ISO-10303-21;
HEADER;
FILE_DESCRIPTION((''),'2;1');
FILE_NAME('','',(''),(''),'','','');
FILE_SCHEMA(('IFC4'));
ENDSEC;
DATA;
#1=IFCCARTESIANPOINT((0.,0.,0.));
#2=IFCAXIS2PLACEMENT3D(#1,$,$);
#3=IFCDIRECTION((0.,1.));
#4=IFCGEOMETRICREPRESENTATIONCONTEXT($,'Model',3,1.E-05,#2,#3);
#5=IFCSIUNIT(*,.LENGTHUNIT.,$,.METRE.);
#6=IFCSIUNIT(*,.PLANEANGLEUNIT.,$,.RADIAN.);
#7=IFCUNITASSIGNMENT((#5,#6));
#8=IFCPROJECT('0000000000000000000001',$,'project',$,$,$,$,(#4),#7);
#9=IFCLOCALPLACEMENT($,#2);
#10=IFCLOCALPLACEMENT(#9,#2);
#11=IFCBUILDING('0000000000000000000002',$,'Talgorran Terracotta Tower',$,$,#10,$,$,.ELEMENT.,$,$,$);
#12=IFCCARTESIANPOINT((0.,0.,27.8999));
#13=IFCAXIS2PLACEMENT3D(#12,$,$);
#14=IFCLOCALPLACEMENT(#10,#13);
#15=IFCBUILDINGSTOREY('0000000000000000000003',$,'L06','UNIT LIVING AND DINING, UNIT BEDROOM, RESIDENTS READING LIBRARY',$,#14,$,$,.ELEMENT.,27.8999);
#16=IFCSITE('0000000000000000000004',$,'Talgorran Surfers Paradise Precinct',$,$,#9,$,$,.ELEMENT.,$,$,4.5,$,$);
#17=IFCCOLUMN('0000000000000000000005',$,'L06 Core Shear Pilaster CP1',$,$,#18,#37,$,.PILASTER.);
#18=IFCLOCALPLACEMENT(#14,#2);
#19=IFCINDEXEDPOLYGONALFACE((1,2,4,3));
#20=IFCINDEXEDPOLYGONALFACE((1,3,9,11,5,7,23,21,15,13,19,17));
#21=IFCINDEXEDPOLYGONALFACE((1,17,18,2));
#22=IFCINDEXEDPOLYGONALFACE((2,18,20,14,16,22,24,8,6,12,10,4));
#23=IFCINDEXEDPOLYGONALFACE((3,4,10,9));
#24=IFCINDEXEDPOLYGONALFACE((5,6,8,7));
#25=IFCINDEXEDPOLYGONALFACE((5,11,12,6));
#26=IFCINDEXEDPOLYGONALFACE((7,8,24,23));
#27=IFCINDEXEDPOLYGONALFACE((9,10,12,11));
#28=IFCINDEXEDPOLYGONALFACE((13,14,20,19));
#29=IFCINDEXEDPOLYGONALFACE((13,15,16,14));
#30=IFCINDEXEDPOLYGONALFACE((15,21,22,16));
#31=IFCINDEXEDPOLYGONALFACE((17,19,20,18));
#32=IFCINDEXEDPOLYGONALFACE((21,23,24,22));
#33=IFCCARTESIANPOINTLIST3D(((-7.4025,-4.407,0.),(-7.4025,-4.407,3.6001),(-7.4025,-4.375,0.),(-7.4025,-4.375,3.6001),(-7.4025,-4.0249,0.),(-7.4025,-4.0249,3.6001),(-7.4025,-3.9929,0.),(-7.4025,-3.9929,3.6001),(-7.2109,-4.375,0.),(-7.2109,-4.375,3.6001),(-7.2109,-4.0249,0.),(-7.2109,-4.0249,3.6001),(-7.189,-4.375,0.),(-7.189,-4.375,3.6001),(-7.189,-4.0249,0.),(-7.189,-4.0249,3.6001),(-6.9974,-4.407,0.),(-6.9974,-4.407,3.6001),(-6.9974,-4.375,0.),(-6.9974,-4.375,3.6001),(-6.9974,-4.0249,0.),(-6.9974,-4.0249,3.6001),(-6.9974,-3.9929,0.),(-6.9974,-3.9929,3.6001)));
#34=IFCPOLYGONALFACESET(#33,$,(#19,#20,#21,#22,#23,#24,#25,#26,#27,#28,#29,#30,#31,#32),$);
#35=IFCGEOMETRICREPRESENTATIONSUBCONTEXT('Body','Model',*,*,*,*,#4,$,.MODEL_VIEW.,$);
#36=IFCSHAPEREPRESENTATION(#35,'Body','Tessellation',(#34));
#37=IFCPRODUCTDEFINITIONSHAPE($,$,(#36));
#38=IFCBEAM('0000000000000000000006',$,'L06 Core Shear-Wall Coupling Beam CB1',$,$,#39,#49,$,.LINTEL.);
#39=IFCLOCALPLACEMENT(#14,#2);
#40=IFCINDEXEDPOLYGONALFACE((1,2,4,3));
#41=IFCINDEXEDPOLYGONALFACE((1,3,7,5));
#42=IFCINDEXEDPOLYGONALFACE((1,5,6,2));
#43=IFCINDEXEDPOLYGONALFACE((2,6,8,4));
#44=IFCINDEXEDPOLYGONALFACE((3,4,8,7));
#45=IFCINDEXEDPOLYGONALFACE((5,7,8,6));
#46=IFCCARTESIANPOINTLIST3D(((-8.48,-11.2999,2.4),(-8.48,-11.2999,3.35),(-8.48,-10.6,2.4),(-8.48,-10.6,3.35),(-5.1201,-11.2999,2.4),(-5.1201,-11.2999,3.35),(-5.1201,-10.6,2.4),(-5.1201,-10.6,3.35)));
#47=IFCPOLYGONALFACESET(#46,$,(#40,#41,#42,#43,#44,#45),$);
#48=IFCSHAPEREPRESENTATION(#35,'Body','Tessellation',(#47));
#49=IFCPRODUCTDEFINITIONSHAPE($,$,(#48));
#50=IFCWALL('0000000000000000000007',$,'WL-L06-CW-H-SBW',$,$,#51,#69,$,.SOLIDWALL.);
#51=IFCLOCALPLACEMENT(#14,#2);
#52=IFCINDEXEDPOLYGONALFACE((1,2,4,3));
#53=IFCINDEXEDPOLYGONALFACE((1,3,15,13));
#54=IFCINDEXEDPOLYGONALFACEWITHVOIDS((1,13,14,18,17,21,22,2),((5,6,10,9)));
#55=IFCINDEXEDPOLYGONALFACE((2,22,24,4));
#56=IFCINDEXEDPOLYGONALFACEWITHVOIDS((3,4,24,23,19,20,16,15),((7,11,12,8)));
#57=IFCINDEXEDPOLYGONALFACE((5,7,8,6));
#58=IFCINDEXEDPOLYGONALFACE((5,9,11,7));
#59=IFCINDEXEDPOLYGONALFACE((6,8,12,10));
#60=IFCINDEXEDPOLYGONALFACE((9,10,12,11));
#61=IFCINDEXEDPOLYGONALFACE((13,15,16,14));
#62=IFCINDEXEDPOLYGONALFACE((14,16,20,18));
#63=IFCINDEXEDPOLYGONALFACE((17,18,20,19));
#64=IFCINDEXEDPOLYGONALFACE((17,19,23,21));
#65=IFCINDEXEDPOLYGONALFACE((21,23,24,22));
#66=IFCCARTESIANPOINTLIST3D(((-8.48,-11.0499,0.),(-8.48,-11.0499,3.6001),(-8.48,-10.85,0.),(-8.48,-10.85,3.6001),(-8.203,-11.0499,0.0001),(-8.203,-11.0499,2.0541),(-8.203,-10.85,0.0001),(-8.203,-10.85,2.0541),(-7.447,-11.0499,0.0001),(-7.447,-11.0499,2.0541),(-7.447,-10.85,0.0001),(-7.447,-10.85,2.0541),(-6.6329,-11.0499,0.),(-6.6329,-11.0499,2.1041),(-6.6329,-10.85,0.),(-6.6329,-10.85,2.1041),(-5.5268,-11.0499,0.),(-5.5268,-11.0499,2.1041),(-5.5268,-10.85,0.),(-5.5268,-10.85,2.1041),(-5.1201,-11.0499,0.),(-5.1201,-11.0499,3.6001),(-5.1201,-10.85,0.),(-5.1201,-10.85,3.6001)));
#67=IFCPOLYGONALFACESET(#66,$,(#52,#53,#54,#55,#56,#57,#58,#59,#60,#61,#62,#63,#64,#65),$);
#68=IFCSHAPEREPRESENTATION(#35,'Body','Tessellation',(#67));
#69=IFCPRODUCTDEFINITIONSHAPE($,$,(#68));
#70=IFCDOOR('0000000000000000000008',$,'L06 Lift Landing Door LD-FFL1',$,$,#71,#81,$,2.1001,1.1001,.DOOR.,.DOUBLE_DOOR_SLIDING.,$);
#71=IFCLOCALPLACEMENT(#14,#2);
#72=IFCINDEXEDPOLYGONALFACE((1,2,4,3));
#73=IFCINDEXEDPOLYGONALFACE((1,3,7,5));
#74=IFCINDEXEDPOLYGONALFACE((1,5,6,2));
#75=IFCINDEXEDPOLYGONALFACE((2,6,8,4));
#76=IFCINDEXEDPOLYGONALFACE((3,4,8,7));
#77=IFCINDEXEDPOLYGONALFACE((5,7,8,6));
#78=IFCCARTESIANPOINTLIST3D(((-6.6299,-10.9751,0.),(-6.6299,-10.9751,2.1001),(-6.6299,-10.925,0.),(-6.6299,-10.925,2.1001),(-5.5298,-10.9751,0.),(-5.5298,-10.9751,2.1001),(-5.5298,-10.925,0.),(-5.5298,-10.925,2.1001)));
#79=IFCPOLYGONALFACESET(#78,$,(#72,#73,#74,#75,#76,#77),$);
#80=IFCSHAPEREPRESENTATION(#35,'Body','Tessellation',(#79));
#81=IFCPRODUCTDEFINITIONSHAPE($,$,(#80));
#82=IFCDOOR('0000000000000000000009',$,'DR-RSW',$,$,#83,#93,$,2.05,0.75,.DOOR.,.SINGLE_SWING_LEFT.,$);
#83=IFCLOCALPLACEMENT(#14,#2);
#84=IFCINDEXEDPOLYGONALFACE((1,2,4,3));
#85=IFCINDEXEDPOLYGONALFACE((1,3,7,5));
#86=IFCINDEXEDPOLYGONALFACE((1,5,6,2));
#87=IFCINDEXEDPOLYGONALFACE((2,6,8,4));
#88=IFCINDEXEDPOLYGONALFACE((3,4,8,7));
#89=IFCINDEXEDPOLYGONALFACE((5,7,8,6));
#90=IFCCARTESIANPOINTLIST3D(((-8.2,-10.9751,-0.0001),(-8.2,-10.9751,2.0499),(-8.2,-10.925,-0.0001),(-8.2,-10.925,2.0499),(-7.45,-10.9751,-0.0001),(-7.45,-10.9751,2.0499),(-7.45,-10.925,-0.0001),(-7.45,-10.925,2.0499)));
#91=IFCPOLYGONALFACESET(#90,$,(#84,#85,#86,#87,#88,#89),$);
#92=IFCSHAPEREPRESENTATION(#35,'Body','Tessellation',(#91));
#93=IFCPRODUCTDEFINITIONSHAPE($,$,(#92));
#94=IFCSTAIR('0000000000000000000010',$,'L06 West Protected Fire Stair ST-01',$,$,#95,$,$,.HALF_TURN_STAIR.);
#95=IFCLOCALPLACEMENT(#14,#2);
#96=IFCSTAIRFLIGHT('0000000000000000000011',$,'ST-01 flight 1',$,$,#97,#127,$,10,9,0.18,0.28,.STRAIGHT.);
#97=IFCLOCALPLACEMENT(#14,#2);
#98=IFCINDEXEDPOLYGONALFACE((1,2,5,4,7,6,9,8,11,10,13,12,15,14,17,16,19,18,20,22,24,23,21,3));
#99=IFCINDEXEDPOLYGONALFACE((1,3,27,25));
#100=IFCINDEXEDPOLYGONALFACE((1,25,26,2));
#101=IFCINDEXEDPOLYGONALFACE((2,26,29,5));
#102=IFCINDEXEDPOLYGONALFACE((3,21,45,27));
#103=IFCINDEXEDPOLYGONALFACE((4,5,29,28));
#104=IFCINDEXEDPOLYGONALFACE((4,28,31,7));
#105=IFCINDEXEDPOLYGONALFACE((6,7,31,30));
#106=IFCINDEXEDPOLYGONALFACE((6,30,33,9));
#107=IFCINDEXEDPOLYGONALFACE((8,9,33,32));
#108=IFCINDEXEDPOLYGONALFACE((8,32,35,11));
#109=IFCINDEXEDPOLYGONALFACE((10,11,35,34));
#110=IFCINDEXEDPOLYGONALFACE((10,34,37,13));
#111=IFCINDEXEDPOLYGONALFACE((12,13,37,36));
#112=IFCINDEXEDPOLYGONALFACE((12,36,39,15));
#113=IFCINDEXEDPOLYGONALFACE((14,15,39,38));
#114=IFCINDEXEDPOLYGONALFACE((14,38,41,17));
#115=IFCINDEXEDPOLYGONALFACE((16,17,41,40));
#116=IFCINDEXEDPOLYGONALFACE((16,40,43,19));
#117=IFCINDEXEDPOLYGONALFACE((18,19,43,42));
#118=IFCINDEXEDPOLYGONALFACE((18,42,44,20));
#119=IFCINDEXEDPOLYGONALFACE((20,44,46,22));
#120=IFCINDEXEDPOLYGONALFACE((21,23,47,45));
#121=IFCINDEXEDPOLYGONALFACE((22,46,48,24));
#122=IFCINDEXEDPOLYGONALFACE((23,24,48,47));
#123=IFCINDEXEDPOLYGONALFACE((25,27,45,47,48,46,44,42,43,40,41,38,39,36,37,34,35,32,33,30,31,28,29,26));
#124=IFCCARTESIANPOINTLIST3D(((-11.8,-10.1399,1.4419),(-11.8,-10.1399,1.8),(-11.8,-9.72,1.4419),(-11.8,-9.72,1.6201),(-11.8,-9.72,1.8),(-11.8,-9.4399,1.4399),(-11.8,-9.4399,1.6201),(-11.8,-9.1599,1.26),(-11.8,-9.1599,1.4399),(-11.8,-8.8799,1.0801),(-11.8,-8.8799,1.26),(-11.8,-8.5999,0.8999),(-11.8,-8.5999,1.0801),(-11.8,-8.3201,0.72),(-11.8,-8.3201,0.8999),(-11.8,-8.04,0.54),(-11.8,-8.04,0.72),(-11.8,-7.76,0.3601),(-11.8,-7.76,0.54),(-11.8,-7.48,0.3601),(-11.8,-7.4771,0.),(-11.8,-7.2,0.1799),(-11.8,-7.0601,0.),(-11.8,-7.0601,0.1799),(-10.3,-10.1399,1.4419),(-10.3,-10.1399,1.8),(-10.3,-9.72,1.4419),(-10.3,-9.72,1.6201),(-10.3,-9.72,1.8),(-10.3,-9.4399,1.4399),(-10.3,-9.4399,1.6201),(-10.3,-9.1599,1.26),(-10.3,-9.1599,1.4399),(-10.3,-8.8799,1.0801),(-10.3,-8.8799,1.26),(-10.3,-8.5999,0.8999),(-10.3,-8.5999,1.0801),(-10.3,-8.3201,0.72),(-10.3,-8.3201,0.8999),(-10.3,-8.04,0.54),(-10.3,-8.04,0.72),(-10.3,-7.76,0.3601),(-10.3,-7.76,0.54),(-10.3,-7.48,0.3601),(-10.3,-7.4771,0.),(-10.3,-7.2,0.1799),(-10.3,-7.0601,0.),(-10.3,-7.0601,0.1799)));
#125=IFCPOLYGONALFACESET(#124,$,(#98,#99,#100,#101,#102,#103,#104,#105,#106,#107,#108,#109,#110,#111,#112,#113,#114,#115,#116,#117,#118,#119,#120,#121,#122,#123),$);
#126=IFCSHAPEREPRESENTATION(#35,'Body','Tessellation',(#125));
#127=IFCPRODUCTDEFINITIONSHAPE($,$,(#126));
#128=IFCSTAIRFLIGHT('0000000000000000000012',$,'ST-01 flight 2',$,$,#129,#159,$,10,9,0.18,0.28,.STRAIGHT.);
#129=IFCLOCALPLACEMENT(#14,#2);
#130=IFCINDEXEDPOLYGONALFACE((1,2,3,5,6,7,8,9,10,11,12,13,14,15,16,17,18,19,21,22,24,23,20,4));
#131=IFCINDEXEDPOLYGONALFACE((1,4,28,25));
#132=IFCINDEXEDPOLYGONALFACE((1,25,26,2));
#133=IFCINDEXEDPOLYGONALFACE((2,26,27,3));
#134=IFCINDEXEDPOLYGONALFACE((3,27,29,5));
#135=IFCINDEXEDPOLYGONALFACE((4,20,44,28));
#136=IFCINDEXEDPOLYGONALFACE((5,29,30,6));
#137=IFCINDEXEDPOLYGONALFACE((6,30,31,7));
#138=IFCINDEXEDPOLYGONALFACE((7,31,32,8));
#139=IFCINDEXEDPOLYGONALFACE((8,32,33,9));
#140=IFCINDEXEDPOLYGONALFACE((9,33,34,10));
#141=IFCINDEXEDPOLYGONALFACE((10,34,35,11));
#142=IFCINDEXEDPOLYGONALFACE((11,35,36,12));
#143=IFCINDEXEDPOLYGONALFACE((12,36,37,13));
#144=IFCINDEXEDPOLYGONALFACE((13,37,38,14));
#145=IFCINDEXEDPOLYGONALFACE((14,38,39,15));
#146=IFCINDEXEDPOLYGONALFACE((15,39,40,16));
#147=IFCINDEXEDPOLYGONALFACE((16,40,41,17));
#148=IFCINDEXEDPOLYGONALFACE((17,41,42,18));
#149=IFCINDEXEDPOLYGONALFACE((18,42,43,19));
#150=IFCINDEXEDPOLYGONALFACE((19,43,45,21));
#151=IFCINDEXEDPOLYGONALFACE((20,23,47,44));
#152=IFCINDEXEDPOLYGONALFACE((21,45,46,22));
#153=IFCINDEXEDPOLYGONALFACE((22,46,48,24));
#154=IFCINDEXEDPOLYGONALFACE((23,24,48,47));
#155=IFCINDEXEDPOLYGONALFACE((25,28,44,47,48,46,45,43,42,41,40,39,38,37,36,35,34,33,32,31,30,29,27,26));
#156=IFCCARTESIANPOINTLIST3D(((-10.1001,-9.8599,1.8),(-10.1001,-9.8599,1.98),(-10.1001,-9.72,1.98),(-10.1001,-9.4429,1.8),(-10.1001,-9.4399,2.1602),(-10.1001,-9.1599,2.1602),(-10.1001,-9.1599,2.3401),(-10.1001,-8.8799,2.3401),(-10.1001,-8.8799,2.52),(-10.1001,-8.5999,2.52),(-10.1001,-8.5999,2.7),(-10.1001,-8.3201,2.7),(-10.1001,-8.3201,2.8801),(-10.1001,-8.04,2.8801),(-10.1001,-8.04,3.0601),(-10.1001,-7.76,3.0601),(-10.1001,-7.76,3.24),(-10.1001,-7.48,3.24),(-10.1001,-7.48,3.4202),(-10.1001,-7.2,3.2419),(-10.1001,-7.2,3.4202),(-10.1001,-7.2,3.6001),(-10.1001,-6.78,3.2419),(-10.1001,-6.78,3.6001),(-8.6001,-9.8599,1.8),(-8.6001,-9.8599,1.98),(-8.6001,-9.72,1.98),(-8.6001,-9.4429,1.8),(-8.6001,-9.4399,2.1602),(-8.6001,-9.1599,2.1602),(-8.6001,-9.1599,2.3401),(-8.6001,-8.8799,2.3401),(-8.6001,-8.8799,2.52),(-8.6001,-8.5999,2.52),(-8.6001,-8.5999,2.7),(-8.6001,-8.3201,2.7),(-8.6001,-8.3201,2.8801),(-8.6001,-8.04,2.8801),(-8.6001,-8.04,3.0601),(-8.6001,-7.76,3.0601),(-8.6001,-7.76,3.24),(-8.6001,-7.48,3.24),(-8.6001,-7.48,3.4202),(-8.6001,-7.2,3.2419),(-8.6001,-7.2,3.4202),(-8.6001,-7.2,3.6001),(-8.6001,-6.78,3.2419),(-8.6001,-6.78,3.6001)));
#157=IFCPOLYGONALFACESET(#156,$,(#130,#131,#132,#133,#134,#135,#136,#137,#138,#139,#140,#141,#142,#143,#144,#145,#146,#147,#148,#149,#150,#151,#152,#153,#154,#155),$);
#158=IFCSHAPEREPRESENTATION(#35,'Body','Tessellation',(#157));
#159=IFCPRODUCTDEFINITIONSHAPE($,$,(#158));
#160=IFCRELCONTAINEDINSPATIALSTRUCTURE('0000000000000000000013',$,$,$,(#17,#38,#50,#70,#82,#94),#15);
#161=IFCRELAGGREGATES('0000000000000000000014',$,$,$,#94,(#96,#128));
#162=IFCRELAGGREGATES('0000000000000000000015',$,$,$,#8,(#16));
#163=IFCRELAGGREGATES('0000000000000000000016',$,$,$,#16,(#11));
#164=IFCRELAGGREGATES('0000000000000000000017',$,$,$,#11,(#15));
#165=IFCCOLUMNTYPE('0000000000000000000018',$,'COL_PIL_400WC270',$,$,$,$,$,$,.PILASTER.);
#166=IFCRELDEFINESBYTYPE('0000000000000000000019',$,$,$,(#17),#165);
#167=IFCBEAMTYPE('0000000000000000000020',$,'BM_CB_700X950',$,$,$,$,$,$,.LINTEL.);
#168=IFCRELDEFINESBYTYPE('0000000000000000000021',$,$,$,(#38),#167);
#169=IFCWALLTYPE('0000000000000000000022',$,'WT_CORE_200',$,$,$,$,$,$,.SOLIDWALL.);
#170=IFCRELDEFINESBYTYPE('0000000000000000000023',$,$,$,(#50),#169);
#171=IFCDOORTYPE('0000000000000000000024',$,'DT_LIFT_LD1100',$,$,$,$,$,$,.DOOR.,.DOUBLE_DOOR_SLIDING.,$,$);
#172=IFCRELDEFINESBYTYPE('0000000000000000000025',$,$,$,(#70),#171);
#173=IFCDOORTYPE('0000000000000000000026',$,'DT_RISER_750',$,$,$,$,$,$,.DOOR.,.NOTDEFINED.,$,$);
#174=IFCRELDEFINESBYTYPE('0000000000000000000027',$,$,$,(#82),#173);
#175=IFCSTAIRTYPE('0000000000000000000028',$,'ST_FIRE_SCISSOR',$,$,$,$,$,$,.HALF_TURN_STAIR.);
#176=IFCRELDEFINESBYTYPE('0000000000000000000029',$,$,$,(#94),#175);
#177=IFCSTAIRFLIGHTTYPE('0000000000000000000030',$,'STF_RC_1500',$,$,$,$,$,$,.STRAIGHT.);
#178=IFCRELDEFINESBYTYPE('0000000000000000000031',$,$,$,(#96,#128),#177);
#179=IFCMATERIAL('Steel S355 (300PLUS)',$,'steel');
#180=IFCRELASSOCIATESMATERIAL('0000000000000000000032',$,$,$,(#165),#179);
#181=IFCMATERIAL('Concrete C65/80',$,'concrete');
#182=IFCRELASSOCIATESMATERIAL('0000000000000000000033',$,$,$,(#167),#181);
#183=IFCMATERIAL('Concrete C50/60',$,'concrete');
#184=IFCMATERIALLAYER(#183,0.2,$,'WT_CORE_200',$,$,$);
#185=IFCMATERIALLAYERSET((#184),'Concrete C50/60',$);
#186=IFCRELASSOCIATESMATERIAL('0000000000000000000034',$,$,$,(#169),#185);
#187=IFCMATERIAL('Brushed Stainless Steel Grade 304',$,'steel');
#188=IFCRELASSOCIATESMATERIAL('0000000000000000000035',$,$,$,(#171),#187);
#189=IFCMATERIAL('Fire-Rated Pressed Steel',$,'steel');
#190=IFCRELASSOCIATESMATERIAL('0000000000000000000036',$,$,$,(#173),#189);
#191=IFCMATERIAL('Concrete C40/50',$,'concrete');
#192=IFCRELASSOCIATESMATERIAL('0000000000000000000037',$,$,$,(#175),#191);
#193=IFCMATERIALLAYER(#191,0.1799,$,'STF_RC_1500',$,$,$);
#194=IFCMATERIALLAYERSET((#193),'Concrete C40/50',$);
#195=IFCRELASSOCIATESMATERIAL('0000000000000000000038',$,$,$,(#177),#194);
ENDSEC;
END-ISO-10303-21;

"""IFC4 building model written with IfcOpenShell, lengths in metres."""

from ifc_helpers import new_model, si_unit, direction, frame, frame_2d, origin, origin_2d, place, context, subcontext, project, spatial, polyline, rectangle, i_section, outline, extrude, material, layer, layer_set, material_profile, profile_set, type_object, element, fill, aggregate, save


model = new_model("IFC4")

# Units and contexts
model_context = context("Model", 3, precision=1e-05, world=origin(), true_north=direction((0.0, 1.0)))
body_context = subcontext(model_context, "Body", "Model", "MODEL_VIEW")
ifc_project = project(units=[si_unit("LENGTHUNIT", "METRE"), si_unit("PLANEANGLEUNIT", "RADIAN")], contexts=[model_context])

# Site, building, storey
site_placement = place(None, origin())
site = spatial("IfcSite", under=ifc_project, at=site_placement, Name="Talgorran Surfers Paradise Precinct", CompositionType="ELEMENT", RefElevation=4.5)
building_placement = place(site_placement, origin())
building = spatial("IfcBuilding", under=site, at=building_placement, Name="Talgorran Terracotta Tower", CompositionType="ELEMENT")
storey_placement = place(building_placement, frame((0.0, 0.0, 27.8999)))
storey = spatial("IfcBuildingStorey", under=building, at=storey_placement, Name="L06", Description="UNIT LIVING AND DINING, UNIT BEDROOM, RESIDENTS READING LIBRARY", CompositionType="ELEMENT", Elevation=27.8999)

# Column
ifc_material_1 = material(Name="Steel S355 (300PLUS)", Category="steel")
ifc_material_profile_1 = material_profile(ifc_material_1, i_section(OverallWidth=0.405, OverallDepth=0.4141, WebThickness=0.022, FlangeThickness=0.032, at=origin_2d()), Name="400WC270")
ifc_profile_set_1 = profile_set([ifc_material_profile_1], Name="Steel S355 (300PLUS)")
column_type = type_object("IfcColumnType", Name="COL_PIL_400WC270", PredefinedType="PILASTER", material=ifc_profile_set_1)
column_placement = place(storey_placement, frame((-7.2, -4.2, 0.0), z_axis=(0.0, 0.0, 1.0), x_axis=(1.0, 0.0, 0.0)))
element("IfcColumn", 1, at=column_placement, inside=storey, type_object=column_type, Name="L06 Core Shear Pilaster CP1", PredefinedType="PILASTER", context=body_context, shape_type="SweptSolid", body=[
    extrude(i_section(OverallWidth=0.405, OverallDepth=0.4141, WebThickness=0.022, FlangeThickness=0.032, at=origin_2d()), origin(), (0.0, 0.0, 1.0), 3.6001),
])

# Beam
ifc_material_2 = material(Name="Concrete C65/80", Category="concrete")
ifc_material_profile_2 = material_profile(ifc_material_2, rectangle(XDim=0.7, YDim=0.95, at=origin_2d()), Name="RCCB700X950")
ifc_profile_set_2 = profile_set([ifc_material_profile_2], Name="Concrete C65/80")
beam_type = type_object("IfcBeamType", Name="BM_CB_700X950", PredefinedType="LINTEL", material=ifc_profile_set_2)
beam_placement = place(storey_placement, frame((-8.48, -10.95, 2.875), z_axis=(1.0, 0.0, 0.0), x_axis=(0.0, 1.0, 0.0)))
element("IfcBeam", 2, at=beam_placement, inside=storey, type_object=beam_type, Name="L06 Core Shear-Wall Coupling Beam CB1", PredefinedType="LINTEL", context=body_context, shape_type="SweptSolid", body=[
    extrude(rectangle(XDim=0.7, YDim=0.95, at=origin_2d()), origin(), (0.0, 0.0, 1.0), 3.3599),
])

# Wall, openings, doors
ifc_material_3 = material(Name="Concrete C50/60", Category="concrete")
ifc_layer_1 = layer(ifc_material_3, 0.2, Name="WT_CORE_200")
ifc_layer_set_1 = layer_set([ifc_layer_1], Name="Concrete C50/60")
wall_type = type_object("IfcWallType", Name="WT_CORE_200", PredefinedType="SOLIDWALL", material=ifc_layer_set_1)
wall_placement = place(storey_placement, frame((-8.48, -10.95, 0.0), z_axis=(0.0, 0.0, 1.0), x_axis=(1.0, 0.0, 0.0)))
wall = element("IfcWall", 3, at=wall_placement, inside=storey, type_object=wall_type, Name="WL-L06-CW-H-SBW", PredefinedType="SOLIDWALL", context=body_context, shape_type="SweptSolid", body=[
    extrude(rectangle(XDim=3.3599, YDim=0.2, at=frame_2d((1.6799, 0.0))), origin(), (0.0, 0.0, 1.0), 3.6001),
])
opening_1_placement = place(wall_placement, frame((0.28, 0.0, 0.0)))
opening_1 = element("IfcOpeningElement", 4, at=opening_1_placement, cuts=wall, PredefinedType="OPENING", context=body_context, shape_type="SweptSolid", body=[
    extrude(rectangle(XDim=0.756, YDim=2.054, at=frame_2d((0.375, 1.0271))), frame((0.0, 0.1099, 0.0), z_axis=(0.0, -1.0, 0.0), x_axis=(1.0, 0.0, 0.0)), (0.0, 0.0, 1.0), 0.22),
])
opening_2_placement = place(wall_placement, frame((1.8501, 0.0, 0.0)))
opening_2 = element("IfcOpeningElement", 5, at=opening_2_placement, cuts=wall, PredefinedType="OPENING", context=body_context, shape_type="SweptSolid", body=[
    extrude(rectangle(XDim=1.1061, YDim=2.1041, at=frame_2d((0.55, 1.052))), frame((0.0, 0.1099, 0.0), z_axis=(0.0, -1.0, 0.0), x_axis=(1.0, 0.0, 0.0)), (0.0, 0.0, 1.0), 0.22),
])
ifc_material_4 = material(Name="Brushed Stainless Steel Grade 304", Category="steel")
door_type_1 = type_object("IfcDoorType", Name="DT_LIFT_LD1100", OperationType="DOUBLE_DOOR_SLIDING", PredefinedType="DOOR", material=ifc_material_4)
door_1_placement = place(opening_2_placement, origin())
door_1 = element("IfcDoor", 6, at=door_1_placement, inside=storey, type_object=door_type_1, Name="L06 Lift Landing Door LD-FFL1", OperationType="DOUBLE_DOOR_SLIDING", OverallHeight=2.1001, OverallWidth=1.1001, PredefinedType="DOOR", context=body_context, shape_type="SweptSolid", body=[
    extrude(rectangle(XDim=1.1001, YDim=2.1001, at=frame_2d((0.55, 1.05))), frame((0.0, 0.0249, 0.0), z_axis=(0.0, -1.0, 0.0), x_axis=(1.0, 0.0, 0.0)), (0.0, 0.0, 1.0), 0.05),
])
fill(opening_2, door_1)
ifc_material_5 = material(Name="Fire-Rated Pressed Steel", Category="steel")
door_type_2 = type_object("IfcDoorType", Name="DT_RISER_750", OperationType="NOTDEFINED", PredefinedType="DOOR", material=ifc_material_5)
door_2_placement = place(opening_1_placement, origin())
door_2 = element("IfcDoor", 7, at=door_2_placement, inside=storey, type_object=door_type_2, Name="DR-RSW", OperationType="SINGLE_SWING_LEFT", OverallHeight=2.05, OverallWidth=0.75, PredefinedType="DOOR", context=body_context, shape_type="SweptSolid", body=[
    extrude(rectangle(XDim=0.75, YDim=2.05, at=frame_2d((0.375, 1.0249))), frame((0.0, 0.0249, 0.0), z_axis=(0.0, -1.0, 0.0), x_axis=(1.0, 0.0, 0.0)), (0.0, 0.0, 1.0), 0.05),
])
fill(opening_1, door_2)

# Stair, stair flights
ifc_material_6 = material(Name="Concrete C40/50", Category="concrete")
stair_type = type_object("IfcStairType", Name="ST_FIRE_SCISSOR", PredefinedType="HALF_TURN_STAIR", material=ifc_material_6)
stair_placement = place(storey_placement, origin())
stair = element("IfcStair", 8, at=stair_placement, inside=storey, type_object=stair_type, Name="L06 West Protected Fire Stair ST-01", PredefinedType="HALF_TURN_STAIR")
ifc_layer_2 = layer(ifc_material_6, 0.1799, Name="STF_RC_1500")
ifc_layer_set_2 = layer_set([ifc_layer_2], Name="Concrete C40/50")
stair_flight_type = type_object("IfcStairFlightType", Name="STF_RC_1500", PredefinedType="STRAIGHT", material=ifc_layer_set_2)
stair_flight_1_placement = place(storey_placement, frame((-11.05, -7.2, 0.0), z_axis=(0.0, 0.0, 1.0), x_axis=(0.0, -1.0, 0.0)))
stair_flight_1 = element("IfcStairFlight", 9, at=stair_flight_1_placement, type_object=stair_flight_type, Name="ST-01 flight 1", NumberOfRisers=10, NumberOfTreads=9, PredefinedType="STRAIGHT", RiserHeight=0.18, TreadLength=0.28, context=body_context, shape_type="SweptSolid", body=[
    extrude(outline(polyline([(-0.1399, 0.0), (-0.1399, 0.1799), (0.0, 0.1799), (0.28, 0.3601), (0.5601, 0.3601), (0.5601, 0.54), (0.8401, 0.54), (0.8401, 0.72), (1.1201, 0.72), (1.1201, 0.8999), (1.3999, 0.8999), (1.3999, 1.0801), (1.6799, 1.0801), (1.6799, 1.26), (1.96, 1.26), (1.96, 1.4399), (2.24, 1.4399), (2.24, 1.6201), (2.52, 1.6201), (2.52, 1.8), (2.9399, 1.8), (2.9399, 1.4419), (2.52, 1.4419), (0.2771, 0.0), (-0.1399, 0.0)])), frame((0.0, 0.75, 0.0), z_axis=(0.0, -1.0, 0.0), x_axis=(1.0, 0.0, 0.0)), (0.0, 0.0, 1.0), 1.5),
])
stair_flight_2_placement = place(storey_placement, frame((-9.3501, -9.72, 1.8), z_axis=(0.0, 0.0, 1.0), x_axis=(0.0, 1.0, 0.0)))
stair_flight_2 = element("IfcStairFlight", 10, at=stair_flight_2_placement, type_object=stair_flight_type, Name="ST-01 flight 2", NumberOfRisers=10, NumberOfTreads=9, PredefinedType="STRAIGHT", RiserHeight=0.18, TreadLength=0.28, context=body_context, shape_type="SweptSolid", body=[
    extrude(outline(polyline([(-0.1399, 0.0), (-0.1399, 0.1799), (0.0, 0.1799), (0.28, 0.3601), (0.5601, 0.3601), (0.5601, 0.54), (0.8401, 0.54), (0.8401, 0.72), (1.1201, 0.72), (1.1201, 0.8999), (1.3999, 0.8999), (1.3999, 1.0801), (1.6799, 1.0801), (1.6799, 1.26), (1.96, 1.26), (1.96, 1.4399), (2.24, 1.4399), (2.24, 1.6201), (2.52, 1.6201), (2.52, 1.8), (2.9399, 1.8), (2.9399, 1.4419), (2.52, 1.4419), (0.2771, 0.0), (-0.1399, 0.0)])), frame((0.0, 0.75, 0.0), z_axis=(0.0, -1.0, 0.0), x_axis=(1.0, 0.0, 0.0)), (0.0, 0.0, 1.0), 1.5),
])
aggregate(stair, [stair_flight_1, stair_flight_2])

save(model, "model.ifc")
